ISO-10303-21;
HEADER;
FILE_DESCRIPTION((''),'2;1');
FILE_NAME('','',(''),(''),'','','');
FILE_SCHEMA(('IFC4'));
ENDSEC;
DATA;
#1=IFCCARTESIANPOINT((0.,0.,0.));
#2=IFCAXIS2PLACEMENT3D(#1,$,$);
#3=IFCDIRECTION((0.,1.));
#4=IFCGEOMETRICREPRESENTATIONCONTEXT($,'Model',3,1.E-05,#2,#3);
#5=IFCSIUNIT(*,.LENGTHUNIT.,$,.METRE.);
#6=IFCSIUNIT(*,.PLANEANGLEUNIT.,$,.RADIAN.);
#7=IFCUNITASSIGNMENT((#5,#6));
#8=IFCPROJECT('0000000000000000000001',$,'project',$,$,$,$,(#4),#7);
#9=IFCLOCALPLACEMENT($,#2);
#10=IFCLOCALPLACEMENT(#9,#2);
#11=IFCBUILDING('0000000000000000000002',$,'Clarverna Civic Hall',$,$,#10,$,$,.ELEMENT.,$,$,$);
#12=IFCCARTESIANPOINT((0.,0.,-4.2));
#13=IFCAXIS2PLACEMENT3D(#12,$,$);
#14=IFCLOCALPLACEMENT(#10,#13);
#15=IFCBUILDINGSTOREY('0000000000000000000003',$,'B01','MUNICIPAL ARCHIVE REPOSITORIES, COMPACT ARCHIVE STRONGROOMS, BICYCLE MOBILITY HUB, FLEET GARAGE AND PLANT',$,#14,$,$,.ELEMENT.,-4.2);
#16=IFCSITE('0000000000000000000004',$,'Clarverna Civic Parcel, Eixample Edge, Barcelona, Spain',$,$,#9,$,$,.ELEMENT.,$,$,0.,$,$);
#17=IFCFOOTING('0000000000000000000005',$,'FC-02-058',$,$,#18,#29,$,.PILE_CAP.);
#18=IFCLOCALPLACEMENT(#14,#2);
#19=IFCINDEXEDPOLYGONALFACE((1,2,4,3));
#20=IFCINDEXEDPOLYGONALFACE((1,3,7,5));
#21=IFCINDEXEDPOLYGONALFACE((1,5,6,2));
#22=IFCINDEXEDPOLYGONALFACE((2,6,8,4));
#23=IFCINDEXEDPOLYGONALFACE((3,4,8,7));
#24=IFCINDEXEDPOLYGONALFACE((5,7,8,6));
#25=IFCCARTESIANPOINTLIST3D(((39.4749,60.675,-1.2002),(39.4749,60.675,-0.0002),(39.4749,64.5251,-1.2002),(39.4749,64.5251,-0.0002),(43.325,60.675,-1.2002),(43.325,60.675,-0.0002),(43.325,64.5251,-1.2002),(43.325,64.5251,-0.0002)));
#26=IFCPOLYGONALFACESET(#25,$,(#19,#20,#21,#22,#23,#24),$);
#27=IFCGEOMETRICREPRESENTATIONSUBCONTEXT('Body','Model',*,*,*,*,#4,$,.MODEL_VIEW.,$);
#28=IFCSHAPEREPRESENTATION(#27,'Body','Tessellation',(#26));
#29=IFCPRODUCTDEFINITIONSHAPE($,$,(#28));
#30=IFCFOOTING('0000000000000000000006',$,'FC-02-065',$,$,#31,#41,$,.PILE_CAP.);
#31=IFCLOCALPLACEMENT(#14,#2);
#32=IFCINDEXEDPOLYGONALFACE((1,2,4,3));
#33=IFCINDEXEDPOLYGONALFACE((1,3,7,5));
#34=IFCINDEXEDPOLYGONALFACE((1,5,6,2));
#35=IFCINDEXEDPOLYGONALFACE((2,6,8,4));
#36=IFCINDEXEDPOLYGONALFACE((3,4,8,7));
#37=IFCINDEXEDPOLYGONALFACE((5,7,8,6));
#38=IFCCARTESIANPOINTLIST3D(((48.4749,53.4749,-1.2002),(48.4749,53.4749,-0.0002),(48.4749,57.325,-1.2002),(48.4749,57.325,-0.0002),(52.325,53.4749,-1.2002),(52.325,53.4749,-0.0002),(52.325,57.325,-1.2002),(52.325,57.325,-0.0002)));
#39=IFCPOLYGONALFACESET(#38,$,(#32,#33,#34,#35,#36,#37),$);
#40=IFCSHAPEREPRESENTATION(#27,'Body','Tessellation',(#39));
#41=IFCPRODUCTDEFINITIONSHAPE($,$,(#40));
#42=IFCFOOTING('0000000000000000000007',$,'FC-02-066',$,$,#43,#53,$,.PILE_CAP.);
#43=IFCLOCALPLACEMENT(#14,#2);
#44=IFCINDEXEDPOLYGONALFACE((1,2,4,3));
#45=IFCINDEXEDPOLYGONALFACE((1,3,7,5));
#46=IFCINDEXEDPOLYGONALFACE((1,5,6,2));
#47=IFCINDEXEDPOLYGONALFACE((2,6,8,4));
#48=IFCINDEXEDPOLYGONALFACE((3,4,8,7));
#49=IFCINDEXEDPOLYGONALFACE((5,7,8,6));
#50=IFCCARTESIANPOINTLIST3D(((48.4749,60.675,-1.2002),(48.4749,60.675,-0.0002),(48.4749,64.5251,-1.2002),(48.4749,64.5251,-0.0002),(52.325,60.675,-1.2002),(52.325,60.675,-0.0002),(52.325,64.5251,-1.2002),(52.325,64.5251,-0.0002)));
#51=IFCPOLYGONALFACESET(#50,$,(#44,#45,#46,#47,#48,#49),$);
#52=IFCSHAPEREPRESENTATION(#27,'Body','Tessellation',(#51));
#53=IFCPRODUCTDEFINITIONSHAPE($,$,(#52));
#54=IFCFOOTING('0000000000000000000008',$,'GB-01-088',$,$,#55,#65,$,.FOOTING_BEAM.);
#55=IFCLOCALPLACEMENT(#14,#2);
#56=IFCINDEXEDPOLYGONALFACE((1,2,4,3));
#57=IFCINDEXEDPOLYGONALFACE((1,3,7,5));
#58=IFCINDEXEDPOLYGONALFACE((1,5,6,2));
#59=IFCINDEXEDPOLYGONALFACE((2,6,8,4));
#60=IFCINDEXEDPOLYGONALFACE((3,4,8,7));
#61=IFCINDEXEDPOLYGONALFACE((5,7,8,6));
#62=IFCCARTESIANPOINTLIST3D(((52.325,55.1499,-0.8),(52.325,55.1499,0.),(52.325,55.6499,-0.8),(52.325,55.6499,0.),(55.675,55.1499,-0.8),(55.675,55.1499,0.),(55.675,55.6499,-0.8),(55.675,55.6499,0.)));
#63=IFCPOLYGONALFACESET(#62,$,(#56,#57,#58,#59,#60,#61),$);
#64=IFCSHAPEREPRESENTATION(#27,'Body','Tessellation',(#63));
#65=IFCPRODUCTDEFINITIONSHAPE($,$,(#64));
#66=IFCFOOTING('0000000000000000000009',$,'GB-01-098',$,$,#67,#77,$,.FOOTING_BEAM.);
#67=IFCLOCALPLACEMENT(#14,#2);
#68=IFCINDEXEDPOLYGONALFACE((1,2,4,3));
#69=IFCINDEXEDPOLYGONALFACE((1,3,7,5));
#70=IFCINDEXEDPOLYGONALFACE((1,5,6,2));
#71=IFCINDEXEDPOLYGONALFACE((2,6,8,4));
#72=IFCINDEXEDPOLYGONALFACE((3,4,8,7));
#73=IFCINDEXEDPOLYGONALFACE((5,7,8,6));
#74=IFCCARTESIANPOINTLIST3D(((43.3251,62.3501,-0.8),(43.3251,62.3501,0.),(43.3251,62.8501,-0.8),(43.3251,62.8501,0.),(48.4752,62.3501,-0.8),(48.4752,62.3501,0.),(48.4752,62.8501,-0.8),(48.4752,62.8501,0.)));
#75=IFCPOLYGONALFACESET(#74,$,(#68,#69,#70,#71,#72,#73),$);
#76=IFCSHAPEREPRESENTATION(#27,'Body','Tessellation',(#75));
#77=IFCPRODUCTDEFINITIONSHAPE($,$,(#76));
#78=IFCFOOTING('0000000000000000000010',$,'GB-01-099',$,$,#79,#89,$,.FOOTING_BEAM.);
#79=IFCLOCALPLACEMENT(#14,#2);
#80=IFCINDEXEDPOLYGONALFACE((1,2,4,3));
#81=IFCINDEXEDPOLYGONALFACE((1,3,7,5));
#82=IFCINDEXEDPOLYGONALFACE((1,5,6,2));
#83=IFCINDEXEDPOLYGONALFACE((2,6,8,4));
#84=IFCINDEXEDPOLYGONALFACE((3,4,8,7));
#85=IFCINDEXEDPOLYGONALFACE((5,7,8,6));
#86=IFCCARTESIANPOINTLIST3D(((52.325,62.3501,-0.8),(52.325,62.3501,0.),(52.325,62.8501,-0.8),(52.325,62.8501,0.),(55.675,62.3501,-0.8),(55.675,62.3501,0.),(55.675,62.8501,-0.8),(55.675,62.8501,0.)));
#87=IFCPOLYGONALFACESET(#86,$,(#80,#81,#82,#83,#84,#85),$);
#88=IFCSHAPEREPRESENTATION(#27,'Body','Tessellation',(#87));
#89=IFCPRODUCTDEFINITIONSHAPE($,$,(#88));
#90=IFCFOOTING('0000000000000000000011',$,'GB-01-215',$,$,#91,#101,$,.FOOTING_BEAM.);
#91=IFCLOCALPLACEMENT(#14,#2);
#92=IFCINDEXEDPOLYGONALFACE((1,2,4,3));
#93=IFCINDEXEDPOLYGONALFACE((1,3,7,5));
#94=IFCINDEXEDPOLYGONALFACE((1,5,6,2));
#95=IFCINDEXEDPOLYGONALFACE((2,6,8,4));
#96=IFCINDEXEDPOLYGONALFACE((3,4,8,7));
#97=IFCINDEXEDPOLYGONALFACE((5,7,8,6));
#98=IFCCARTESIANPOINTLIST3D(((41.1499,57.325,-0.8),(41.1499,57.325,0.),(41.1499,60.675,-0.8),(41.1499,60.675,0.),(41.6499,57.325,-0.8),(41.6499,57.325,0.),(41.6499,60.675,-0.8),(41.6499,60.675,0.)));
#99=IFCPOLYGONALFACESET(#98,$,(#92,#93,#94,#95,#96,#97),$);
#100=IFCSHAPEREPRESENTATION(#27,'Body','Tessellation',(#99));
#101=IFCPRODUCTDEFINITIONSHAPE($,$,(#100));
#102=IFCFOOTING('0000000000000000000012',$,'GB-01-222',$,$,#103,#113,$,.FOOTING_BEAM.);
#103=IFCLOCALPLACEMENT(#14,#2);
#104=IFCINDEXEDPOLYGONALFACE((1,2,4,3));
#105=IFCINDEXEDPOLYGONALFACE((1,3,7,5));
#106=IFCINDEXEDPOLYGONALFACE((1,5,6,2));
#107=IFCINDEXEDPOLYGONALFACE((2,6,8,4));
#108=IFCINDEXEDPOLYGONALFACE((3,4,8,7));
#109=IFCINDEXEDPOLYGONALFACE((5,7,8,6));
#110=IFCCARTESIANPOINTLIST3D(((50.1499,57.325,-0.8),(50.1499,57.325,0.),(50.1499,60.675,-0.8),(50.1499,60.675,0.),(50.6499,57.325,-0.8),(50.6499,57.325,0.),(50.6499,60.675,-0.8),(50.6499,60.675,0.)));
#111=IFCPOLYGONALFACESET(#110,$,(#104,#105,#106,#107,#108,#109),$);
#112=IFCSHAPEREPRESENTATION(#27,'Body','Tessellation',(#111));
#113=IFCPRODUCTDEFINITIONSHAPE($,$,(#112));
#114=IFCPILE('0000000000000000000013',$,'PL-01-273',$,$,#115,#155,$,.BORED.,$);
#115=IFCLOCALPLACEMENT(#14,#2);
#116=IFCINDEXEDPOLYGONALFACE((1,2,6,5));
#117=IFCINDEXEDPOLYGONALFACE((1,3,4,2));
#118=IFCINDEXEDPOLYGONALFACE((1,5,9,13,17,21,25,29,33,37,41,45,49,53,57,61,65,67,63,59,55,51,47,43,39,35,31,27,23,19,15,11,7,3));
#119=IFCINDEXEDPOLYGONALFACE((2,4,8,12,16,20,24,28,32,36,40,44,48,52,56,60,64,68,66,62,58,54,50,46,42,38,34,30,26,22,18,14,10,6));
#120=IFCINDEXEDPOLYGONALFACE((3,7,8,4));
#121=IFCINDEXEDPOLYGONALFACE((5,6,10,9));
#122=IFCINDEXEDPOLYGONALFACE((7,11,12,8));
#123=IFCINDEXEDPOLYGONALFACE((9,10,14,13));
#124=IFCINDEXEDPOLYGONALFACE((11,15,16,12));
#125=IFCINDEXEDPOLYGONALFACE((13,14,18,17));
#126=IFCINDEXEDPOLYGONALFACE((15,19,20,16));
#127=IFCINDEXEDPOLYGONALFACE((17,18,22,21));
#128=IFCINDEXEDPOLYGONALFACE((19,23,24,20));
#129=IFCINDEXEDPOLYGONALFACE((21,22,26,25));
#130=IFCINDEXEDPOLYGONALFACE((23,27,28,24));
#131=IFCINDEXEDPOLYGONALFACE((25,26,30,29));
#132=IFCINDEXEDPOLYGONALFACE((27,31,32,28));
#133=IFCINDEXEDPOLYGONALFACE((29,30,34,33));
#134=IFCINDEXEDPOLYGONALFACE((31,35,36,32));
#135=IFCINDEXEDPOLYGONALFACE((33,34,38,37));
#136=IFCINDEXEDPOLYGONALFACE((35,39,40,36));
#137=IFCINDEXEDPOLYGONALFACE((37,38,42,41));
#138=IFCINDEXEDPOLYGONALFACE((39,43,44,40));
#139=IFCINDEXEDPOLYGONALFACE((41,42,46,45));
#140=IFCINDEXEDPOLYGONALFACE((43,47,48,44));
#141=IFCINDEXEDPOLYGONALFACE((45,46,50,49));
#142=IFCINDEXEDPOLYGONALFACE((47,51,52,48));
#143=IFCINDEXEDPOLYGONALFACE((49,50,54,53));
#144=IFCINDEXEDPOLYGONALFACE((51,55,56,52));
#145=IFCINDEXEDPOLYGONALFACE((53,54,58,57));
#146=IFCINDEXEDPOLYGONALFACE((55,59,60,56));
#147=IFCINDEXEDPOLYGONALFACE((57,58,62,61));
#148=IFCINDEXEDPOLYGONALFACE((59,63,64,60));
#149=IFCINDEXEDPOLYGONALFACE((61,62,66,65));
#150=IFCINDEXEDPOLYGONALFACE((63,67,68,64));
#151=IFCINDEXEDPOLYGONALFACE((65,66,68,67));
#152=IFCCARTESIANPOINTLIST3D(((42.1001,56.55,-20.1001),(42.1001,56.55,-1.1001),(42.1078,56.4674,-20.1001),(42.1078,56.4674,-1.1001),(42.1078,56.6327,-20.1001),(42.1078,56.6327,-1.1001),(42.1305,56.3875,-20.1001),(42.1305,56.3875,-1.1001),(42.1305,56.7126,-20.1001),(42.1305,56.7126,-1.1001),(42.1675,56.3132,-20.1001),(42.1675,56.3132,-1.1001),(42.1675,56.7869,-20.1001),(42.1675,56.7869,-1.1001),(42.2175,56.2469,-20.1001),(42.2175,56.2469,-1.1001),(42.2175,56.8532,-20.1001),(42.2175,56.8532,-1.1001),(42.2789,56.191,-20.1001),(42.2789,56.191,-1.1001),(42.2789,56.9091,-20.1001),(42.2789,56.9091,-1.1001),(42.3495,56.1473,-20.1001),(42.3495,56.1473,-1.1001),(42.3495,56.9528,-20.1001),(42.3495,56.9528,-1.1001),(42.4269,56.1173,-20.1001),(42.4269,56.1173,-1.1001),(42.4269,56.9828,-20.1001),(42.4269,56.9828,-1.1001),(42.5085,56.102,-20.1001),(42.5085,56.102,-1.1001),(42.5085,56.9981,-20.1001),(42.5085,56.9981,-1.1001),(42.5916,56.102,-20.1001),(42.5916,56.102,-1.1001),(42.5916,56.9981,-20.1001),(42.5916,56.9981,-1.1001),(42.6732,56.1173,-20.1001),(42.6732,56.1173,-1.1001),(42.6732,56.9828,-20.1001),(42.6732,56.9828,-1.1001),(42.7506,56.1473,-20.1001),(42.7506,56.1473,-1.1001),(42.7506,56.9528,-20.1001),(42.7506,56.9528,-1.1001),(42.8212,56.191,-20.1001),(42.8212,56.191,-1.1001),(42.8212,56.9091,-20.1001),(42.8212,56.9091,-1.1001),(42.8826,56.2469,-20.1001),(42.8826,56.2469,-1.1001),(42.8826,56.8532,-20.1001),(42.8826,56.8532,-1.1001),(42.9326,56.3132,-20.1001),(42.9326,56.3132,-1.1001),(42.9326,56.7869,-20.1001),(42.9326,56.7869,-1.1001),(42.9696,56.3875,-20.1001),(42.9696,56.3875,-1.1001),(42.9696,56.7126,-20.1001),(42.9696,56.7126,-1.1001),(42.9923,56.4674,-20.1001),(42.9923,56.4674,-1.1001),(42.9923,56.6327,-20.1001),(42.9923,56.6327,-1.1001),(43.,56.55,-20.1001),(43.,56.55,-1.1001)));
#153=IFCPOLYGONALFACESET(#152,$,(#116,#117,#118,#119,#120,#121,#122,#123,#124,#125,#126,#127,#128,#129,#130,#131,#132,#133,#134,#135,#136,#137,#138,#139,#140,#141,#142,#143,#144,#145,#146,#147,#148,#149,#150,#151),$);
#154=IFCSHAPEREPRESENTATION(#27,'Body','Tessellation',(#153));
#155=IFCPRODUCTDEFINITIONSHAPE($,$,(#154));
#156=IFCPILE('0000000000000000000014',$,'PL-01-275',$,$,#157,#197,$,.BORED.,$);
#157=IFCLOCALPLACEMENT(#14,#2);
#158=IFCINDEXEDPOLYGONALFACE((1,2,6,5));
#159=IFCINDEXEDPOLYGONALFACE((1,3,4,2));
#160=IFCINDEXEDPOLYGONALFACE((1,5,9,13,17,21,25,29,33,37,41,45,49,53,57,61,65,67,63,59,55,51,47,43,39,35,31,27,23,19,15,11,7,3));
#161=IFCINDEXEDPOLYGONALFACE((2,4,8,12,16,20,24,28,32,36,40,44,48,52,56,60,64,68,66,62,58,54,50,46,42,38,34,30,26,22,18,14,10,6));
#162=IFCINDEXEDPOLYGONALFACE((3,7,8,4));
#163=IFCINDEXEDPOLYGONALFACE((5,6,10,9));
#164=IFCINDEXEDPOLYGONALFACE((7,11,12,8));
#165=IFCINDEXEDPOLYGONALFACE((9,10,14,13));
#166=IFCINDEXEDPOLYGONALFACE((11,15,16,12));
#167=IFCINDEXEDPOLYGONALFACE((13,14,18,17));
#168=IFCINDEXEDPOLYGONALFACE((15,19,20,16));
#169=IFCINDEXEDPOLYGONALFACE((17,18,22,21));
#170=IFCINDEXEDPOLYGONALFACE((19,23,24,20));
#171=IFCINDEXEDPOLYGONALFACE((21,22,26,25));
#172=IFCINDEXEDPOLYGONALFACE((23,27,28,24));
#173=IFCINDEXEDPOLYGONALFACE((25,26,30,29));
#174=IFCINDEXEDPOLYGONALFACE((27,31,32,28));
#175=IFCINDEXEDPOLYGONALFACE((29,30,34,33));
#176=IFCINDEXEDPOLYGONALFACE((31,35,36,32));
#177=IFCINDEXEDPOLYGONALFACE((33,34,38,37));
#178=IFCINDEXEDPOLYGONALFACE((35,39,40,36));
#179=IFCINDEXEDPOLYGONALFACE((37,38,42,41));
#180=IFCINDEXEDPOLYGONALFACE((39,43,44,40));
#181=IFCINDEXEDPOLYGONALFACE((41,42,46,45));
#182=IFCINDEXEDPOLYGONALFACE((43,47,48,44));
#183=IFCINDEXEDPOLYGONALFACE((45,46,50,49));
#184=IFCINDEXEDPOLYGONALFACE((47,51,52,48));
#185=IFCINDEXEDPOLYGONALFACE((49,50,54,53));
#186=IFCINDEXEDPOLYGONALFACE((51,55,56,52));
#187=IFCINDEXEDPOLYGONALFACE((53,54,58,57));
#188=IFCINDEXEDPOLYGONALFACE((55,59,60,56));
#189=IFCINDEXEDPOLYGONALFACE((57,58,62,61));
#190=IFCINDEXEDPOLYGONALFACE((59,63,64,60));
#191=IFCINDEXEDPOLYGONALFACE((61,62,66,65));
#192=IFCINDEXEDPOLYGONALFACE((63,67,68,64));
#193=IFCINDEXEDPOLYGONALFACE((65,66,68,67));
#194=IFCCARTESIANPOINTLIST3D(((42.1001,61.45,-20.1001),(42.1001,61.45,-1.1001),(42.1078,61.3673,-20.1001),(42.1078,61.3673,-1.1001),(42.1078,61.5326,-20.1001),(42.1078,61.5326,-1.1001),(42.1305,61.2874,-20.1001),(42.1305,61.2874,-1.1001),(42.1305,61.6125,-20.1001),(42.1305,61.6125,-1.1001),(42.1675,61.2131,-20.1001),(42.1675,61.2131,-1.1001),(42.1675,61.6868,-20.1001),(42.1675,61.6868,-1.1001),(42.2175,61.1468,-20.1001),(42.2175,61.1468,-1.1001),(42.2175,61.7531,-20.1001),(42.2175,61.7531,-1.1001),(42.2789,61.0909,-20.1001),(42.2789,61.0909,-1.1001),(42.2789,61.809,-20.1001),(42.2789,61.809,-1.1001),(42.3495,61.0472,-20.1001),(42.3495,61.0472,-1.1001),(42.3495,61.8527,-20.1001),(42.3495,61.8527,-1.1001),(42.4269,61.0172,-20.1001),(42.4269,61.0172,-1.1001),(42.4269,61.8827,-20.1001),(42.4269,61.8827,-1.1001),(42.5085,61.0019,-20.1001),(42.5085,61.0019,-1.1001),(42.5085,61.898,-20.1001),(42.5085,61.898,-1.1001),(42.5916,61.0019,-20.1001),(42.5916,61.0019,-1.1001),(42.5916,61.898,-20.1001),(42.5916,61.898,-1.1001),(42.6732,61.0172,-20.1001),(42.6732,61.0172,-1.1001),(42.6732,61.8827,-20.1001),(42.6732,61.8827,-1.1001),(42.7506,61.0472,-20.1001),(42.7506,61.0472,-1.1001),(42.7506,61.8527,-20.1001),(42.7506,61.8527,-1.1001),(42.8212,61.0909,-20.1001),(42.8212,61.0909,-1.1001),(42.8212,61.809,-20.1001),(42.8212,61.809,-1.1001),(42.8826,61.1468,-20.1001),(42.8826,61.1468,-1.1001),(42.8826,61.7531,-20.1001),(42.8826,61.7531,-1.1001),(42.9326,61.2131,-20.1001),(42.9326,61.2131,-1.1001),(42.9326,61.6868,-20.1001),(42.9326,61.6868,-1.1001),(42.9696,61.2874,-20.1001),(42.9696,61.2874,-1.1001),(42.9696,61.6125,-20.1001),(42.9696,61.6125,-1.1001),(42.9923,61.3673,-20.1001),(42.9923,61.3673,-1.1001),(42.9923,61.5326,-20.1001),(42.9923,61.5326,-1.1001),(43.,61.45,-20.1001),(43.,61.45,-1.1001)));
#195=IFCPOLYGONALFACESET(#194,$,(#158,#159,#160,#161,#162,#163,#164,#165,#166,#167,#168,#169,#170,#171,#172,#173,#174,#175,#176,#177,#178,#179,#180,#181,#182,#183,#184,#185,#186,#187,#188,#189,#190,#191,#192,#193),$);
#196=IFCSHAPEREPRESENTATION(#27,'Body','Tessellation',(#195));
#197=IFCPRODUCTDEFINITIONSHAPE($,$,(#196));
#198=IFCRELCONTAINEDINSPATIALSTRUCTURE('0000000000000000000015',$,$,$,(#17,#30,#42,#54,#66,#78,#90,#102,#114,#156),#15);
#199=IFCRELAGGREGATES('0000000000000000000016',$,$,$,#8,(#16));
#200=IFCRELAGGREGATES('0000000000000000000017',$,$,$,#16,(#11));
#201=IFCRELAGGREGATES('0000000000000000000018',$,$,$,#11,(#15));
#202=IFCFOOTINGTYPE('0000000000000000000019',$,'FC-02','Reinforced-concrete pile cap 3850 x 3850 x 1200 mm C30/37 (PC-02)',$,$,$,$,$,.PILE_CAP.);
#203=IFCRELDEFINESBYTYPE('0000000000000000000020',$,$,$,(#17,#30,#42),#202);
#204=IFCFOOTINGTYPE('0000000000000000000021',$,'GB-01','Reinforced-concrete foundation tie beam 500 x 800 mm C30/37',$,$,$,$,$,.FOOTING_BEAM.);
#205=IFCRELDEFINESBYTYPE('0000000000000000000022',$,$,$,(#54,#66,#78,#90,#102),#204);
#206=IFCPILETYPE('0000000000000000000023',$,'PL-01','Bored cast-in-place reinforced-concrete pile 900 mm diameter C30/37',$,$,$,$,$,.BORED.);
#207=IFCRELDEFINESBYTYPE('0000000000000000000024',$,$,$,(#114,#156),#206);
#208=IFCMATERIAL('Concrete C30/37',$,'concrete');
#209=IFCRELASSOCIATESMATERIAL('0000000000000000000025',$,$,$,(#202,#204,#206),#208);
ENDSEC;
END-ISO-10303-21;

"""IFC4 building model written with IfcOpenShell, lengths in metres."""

from ifc_helpers import new_model, si_unit, direction, frame, frame_2d, origin, origin_2d, place, context, subcontext, project, spatial, rectangle, circle, extrude, material, material_profile, profile_set, type_object, element, save


model = new_model("IFC4")

# Units and contexts
model_context = context("Model", 3, precision=1e-05, world=origin(), true_north=direction((0.0, 1.0)))
body_context = subcontext(model_context, "Body", "Model", "MODEL_VIEW")
ifc_project = project(units=[si_unit("LENGTHUNIT", "METRE"), si_unit("PLANEANGLEUNIT", "RADIAN")], contexts=[model_context])

# Site, building, storey
site_placement = place(None, origin())
site = spatial("IfcSite", under=ifc_project, at=site_placement, Name="Clarverna Civic Parcel, Eixample Edge, Barcelona, Spain", CompositionType="ELEMENT", RefElevation=0.0)
building_placement = place(site_placement, origin())
building = spatial("IfcBuilding", under=site, at=building_placement, Name="Clarverna Civic Hall", CompositionType="ELEMENT")
storey_placement = place(building_placement, frame((0.0, 0.0, -4.2)))
storey = spatial("IfcBuildingStorey", under=building, at=storey_placement, Name="B01", Description="MUNICIPAL ARCHIVE REPOSITORIES, COMPACT ARCHIVE STRONGROOMS, BICYCLE MOBILITY HUB, FLEET GARAGE AND PLANT", CompositionType="ELEMENT", Elevation=-4.2)

# Footings
ifc_material_1 = material(Name="Concrete C30/37", Category="concrete")
footing_type_1 = type_object("IfcFootingType", Name="FC-02", Description="Reinforced-concrete pile cap 3850 x 3850 x 1200 mm C30/37 (PC-02)", PredefinedType="PILE_CAP", material=ifc_material_1)
for number, where, z_axis, x_axis, name in (
    (1, (41.3999, 62.6001, -1.2002), (0.0, 0.0, 1.0), (1.0, 0.0, 0.0), "FC-02-058"),
    (2, (50.3999, 55.3999, -1.2002), (0.0, 0.0, 1.0), (1.0, 0.0, 0.0), "FC-02-065"),
    (3, (50.3999, 62.6001, -1.2002), (0.0, 0.0, 1.0), (1.0, 0.0, 0.0), "FC-02-066"),
):
    element("IfcFooting", number, at=place(storey_placement, frame(where, z_axis=z_axis, x_axis=x_axis)), inside=storey, type_object=footing_type_1, Name=name, PredefinedType="PILE_CAP", context=body_context, shape_type="SweptSolid", body=[
        extrude(rectangle(XDim=3.8501, YDim=3.8501, at=origin_2d()), origin(), (0.0, 0.0, 1.0), 1.2),
    ])
footing_type_2 = type_object("IfcFootingType", Name="GB-01", Description="Reinforced-concrete foundation tie beam 500 x 800 mm C30/37", PredefinedType="FOOTING_BEAM", material=ifc_material_1)
footing_1_placement = place(storey_placement, frame((52.325, 55.3999, -0.8), z_axis=(0.0, 0.0, 1.0), x_axis=(1.0, 0.0, 0.0)))
element("IfcFooting", 4, at=footing_1_placement, inside=storey, type_object=footing_type_2, Name="GB-01-088", PredefinedType="FOOTING_BEAM", context=body_context, shape_type="SweptSolid", body=[
    extrude(rectangle(XDim=3.3501, YDim=0.5, at=frame_2d((1.675, 0.0))), origin(), (0.0, 0.0, 1.0), 0.8),
])
footing_2_placement = place(storey_placement, frame((43.325, 62.6001, -0.8), z_axis=(0.0, 0.0, 1.0), x_axis=(1.0, 0.0, 0.0)))
element("IfcFooting", 5, at=footing_2_placement, inside=storey, type_object=footing_type_2, Name="GB-01-098", PredefinedType="FOOTING_BEAM", context=body_context, shape_type="SweptSolid", body=[
    extrude(rectangle(XDim=5.1501, YDim=0.5, at=frame_2d((2.5752, 0.0))), origin(), (0.0, 0.0, 1.0), 0.8),
])
for number, where, z_axis, x_axis, name in (
    (6, (52.325, 62.6001, -0.8), (0.0, 0.0, 1.0), (1.0, 0.0, 0.0), "GB-01-099"),
    (7, (41.3999, 57.325, -0.8), (0.0, 0.0, 1.0), (0.0, 1.0, 0.0), "GB-01-215"),
    (8, (50.3999, 57.325, -0.8), (0.0, 0.0, 1.0), (0.0, 1.0, 0.0), "GB-01-222"),
):
    element("IfcFooting", number, at=place(storey_placement, frame(where, z_axis=z_axis, x_axis=x_axis)), inside=storey, type_object=footing_type_2, Name=name, PredefinedType="FOOTING_BEAM", context=body_context, shape_type="SweptSolid", body=[
        extrude(rectangle(XDim=3.3501, YDim=0.5, at=frame_2d((1.675, 0.0))), origin(), (0.0, 0.0, 1.0), 0.8),
    ])

# Piles
ifc_material_profile_1 = material_profile(ifc_material_1, circle(Radius=0.45, at=origin_2d()), Name="BORED PILE D900")
ifc_profile_set_1 = profile_set([ifc_material_profile_1], Name="Concrete C30/37")
pile_type = type_object("IfcPileType", Name="PL-01", Description="Bored cast-in-place reinforced-concrete pile 900 mm diameter C30/37", PredefinedType="BORED", material=ifc_profile_set_1)
for number, where, z_axis, x_axis, name in (
    (9, (42.55, 56.55, -1.1001), (0.0, 0.0, -1.0), (1.0, 0.0, 0.0), "PL-01-273"),
    (10, (42.55, 61.45, -1.1001), (0.0, 0.0, -1.0), (1.0, 0.0, 0.0), "PL-01-275"),
):
    element("IfcPile", number, at=place(storey_placement, frame(where, z_axis=z_axis, x_axis=x_axis)), inside=storey, type_object=pile_type, Name=name, PredefinedType="BORED", context=body_context, shape_type="SweptSolid", body=[
        extrude(circle(Radius=0.45, at=origin_2d()), origin(), (0.0, 0.0, 1.0), 19.0),
    ])

save(model, "model.ifc")
